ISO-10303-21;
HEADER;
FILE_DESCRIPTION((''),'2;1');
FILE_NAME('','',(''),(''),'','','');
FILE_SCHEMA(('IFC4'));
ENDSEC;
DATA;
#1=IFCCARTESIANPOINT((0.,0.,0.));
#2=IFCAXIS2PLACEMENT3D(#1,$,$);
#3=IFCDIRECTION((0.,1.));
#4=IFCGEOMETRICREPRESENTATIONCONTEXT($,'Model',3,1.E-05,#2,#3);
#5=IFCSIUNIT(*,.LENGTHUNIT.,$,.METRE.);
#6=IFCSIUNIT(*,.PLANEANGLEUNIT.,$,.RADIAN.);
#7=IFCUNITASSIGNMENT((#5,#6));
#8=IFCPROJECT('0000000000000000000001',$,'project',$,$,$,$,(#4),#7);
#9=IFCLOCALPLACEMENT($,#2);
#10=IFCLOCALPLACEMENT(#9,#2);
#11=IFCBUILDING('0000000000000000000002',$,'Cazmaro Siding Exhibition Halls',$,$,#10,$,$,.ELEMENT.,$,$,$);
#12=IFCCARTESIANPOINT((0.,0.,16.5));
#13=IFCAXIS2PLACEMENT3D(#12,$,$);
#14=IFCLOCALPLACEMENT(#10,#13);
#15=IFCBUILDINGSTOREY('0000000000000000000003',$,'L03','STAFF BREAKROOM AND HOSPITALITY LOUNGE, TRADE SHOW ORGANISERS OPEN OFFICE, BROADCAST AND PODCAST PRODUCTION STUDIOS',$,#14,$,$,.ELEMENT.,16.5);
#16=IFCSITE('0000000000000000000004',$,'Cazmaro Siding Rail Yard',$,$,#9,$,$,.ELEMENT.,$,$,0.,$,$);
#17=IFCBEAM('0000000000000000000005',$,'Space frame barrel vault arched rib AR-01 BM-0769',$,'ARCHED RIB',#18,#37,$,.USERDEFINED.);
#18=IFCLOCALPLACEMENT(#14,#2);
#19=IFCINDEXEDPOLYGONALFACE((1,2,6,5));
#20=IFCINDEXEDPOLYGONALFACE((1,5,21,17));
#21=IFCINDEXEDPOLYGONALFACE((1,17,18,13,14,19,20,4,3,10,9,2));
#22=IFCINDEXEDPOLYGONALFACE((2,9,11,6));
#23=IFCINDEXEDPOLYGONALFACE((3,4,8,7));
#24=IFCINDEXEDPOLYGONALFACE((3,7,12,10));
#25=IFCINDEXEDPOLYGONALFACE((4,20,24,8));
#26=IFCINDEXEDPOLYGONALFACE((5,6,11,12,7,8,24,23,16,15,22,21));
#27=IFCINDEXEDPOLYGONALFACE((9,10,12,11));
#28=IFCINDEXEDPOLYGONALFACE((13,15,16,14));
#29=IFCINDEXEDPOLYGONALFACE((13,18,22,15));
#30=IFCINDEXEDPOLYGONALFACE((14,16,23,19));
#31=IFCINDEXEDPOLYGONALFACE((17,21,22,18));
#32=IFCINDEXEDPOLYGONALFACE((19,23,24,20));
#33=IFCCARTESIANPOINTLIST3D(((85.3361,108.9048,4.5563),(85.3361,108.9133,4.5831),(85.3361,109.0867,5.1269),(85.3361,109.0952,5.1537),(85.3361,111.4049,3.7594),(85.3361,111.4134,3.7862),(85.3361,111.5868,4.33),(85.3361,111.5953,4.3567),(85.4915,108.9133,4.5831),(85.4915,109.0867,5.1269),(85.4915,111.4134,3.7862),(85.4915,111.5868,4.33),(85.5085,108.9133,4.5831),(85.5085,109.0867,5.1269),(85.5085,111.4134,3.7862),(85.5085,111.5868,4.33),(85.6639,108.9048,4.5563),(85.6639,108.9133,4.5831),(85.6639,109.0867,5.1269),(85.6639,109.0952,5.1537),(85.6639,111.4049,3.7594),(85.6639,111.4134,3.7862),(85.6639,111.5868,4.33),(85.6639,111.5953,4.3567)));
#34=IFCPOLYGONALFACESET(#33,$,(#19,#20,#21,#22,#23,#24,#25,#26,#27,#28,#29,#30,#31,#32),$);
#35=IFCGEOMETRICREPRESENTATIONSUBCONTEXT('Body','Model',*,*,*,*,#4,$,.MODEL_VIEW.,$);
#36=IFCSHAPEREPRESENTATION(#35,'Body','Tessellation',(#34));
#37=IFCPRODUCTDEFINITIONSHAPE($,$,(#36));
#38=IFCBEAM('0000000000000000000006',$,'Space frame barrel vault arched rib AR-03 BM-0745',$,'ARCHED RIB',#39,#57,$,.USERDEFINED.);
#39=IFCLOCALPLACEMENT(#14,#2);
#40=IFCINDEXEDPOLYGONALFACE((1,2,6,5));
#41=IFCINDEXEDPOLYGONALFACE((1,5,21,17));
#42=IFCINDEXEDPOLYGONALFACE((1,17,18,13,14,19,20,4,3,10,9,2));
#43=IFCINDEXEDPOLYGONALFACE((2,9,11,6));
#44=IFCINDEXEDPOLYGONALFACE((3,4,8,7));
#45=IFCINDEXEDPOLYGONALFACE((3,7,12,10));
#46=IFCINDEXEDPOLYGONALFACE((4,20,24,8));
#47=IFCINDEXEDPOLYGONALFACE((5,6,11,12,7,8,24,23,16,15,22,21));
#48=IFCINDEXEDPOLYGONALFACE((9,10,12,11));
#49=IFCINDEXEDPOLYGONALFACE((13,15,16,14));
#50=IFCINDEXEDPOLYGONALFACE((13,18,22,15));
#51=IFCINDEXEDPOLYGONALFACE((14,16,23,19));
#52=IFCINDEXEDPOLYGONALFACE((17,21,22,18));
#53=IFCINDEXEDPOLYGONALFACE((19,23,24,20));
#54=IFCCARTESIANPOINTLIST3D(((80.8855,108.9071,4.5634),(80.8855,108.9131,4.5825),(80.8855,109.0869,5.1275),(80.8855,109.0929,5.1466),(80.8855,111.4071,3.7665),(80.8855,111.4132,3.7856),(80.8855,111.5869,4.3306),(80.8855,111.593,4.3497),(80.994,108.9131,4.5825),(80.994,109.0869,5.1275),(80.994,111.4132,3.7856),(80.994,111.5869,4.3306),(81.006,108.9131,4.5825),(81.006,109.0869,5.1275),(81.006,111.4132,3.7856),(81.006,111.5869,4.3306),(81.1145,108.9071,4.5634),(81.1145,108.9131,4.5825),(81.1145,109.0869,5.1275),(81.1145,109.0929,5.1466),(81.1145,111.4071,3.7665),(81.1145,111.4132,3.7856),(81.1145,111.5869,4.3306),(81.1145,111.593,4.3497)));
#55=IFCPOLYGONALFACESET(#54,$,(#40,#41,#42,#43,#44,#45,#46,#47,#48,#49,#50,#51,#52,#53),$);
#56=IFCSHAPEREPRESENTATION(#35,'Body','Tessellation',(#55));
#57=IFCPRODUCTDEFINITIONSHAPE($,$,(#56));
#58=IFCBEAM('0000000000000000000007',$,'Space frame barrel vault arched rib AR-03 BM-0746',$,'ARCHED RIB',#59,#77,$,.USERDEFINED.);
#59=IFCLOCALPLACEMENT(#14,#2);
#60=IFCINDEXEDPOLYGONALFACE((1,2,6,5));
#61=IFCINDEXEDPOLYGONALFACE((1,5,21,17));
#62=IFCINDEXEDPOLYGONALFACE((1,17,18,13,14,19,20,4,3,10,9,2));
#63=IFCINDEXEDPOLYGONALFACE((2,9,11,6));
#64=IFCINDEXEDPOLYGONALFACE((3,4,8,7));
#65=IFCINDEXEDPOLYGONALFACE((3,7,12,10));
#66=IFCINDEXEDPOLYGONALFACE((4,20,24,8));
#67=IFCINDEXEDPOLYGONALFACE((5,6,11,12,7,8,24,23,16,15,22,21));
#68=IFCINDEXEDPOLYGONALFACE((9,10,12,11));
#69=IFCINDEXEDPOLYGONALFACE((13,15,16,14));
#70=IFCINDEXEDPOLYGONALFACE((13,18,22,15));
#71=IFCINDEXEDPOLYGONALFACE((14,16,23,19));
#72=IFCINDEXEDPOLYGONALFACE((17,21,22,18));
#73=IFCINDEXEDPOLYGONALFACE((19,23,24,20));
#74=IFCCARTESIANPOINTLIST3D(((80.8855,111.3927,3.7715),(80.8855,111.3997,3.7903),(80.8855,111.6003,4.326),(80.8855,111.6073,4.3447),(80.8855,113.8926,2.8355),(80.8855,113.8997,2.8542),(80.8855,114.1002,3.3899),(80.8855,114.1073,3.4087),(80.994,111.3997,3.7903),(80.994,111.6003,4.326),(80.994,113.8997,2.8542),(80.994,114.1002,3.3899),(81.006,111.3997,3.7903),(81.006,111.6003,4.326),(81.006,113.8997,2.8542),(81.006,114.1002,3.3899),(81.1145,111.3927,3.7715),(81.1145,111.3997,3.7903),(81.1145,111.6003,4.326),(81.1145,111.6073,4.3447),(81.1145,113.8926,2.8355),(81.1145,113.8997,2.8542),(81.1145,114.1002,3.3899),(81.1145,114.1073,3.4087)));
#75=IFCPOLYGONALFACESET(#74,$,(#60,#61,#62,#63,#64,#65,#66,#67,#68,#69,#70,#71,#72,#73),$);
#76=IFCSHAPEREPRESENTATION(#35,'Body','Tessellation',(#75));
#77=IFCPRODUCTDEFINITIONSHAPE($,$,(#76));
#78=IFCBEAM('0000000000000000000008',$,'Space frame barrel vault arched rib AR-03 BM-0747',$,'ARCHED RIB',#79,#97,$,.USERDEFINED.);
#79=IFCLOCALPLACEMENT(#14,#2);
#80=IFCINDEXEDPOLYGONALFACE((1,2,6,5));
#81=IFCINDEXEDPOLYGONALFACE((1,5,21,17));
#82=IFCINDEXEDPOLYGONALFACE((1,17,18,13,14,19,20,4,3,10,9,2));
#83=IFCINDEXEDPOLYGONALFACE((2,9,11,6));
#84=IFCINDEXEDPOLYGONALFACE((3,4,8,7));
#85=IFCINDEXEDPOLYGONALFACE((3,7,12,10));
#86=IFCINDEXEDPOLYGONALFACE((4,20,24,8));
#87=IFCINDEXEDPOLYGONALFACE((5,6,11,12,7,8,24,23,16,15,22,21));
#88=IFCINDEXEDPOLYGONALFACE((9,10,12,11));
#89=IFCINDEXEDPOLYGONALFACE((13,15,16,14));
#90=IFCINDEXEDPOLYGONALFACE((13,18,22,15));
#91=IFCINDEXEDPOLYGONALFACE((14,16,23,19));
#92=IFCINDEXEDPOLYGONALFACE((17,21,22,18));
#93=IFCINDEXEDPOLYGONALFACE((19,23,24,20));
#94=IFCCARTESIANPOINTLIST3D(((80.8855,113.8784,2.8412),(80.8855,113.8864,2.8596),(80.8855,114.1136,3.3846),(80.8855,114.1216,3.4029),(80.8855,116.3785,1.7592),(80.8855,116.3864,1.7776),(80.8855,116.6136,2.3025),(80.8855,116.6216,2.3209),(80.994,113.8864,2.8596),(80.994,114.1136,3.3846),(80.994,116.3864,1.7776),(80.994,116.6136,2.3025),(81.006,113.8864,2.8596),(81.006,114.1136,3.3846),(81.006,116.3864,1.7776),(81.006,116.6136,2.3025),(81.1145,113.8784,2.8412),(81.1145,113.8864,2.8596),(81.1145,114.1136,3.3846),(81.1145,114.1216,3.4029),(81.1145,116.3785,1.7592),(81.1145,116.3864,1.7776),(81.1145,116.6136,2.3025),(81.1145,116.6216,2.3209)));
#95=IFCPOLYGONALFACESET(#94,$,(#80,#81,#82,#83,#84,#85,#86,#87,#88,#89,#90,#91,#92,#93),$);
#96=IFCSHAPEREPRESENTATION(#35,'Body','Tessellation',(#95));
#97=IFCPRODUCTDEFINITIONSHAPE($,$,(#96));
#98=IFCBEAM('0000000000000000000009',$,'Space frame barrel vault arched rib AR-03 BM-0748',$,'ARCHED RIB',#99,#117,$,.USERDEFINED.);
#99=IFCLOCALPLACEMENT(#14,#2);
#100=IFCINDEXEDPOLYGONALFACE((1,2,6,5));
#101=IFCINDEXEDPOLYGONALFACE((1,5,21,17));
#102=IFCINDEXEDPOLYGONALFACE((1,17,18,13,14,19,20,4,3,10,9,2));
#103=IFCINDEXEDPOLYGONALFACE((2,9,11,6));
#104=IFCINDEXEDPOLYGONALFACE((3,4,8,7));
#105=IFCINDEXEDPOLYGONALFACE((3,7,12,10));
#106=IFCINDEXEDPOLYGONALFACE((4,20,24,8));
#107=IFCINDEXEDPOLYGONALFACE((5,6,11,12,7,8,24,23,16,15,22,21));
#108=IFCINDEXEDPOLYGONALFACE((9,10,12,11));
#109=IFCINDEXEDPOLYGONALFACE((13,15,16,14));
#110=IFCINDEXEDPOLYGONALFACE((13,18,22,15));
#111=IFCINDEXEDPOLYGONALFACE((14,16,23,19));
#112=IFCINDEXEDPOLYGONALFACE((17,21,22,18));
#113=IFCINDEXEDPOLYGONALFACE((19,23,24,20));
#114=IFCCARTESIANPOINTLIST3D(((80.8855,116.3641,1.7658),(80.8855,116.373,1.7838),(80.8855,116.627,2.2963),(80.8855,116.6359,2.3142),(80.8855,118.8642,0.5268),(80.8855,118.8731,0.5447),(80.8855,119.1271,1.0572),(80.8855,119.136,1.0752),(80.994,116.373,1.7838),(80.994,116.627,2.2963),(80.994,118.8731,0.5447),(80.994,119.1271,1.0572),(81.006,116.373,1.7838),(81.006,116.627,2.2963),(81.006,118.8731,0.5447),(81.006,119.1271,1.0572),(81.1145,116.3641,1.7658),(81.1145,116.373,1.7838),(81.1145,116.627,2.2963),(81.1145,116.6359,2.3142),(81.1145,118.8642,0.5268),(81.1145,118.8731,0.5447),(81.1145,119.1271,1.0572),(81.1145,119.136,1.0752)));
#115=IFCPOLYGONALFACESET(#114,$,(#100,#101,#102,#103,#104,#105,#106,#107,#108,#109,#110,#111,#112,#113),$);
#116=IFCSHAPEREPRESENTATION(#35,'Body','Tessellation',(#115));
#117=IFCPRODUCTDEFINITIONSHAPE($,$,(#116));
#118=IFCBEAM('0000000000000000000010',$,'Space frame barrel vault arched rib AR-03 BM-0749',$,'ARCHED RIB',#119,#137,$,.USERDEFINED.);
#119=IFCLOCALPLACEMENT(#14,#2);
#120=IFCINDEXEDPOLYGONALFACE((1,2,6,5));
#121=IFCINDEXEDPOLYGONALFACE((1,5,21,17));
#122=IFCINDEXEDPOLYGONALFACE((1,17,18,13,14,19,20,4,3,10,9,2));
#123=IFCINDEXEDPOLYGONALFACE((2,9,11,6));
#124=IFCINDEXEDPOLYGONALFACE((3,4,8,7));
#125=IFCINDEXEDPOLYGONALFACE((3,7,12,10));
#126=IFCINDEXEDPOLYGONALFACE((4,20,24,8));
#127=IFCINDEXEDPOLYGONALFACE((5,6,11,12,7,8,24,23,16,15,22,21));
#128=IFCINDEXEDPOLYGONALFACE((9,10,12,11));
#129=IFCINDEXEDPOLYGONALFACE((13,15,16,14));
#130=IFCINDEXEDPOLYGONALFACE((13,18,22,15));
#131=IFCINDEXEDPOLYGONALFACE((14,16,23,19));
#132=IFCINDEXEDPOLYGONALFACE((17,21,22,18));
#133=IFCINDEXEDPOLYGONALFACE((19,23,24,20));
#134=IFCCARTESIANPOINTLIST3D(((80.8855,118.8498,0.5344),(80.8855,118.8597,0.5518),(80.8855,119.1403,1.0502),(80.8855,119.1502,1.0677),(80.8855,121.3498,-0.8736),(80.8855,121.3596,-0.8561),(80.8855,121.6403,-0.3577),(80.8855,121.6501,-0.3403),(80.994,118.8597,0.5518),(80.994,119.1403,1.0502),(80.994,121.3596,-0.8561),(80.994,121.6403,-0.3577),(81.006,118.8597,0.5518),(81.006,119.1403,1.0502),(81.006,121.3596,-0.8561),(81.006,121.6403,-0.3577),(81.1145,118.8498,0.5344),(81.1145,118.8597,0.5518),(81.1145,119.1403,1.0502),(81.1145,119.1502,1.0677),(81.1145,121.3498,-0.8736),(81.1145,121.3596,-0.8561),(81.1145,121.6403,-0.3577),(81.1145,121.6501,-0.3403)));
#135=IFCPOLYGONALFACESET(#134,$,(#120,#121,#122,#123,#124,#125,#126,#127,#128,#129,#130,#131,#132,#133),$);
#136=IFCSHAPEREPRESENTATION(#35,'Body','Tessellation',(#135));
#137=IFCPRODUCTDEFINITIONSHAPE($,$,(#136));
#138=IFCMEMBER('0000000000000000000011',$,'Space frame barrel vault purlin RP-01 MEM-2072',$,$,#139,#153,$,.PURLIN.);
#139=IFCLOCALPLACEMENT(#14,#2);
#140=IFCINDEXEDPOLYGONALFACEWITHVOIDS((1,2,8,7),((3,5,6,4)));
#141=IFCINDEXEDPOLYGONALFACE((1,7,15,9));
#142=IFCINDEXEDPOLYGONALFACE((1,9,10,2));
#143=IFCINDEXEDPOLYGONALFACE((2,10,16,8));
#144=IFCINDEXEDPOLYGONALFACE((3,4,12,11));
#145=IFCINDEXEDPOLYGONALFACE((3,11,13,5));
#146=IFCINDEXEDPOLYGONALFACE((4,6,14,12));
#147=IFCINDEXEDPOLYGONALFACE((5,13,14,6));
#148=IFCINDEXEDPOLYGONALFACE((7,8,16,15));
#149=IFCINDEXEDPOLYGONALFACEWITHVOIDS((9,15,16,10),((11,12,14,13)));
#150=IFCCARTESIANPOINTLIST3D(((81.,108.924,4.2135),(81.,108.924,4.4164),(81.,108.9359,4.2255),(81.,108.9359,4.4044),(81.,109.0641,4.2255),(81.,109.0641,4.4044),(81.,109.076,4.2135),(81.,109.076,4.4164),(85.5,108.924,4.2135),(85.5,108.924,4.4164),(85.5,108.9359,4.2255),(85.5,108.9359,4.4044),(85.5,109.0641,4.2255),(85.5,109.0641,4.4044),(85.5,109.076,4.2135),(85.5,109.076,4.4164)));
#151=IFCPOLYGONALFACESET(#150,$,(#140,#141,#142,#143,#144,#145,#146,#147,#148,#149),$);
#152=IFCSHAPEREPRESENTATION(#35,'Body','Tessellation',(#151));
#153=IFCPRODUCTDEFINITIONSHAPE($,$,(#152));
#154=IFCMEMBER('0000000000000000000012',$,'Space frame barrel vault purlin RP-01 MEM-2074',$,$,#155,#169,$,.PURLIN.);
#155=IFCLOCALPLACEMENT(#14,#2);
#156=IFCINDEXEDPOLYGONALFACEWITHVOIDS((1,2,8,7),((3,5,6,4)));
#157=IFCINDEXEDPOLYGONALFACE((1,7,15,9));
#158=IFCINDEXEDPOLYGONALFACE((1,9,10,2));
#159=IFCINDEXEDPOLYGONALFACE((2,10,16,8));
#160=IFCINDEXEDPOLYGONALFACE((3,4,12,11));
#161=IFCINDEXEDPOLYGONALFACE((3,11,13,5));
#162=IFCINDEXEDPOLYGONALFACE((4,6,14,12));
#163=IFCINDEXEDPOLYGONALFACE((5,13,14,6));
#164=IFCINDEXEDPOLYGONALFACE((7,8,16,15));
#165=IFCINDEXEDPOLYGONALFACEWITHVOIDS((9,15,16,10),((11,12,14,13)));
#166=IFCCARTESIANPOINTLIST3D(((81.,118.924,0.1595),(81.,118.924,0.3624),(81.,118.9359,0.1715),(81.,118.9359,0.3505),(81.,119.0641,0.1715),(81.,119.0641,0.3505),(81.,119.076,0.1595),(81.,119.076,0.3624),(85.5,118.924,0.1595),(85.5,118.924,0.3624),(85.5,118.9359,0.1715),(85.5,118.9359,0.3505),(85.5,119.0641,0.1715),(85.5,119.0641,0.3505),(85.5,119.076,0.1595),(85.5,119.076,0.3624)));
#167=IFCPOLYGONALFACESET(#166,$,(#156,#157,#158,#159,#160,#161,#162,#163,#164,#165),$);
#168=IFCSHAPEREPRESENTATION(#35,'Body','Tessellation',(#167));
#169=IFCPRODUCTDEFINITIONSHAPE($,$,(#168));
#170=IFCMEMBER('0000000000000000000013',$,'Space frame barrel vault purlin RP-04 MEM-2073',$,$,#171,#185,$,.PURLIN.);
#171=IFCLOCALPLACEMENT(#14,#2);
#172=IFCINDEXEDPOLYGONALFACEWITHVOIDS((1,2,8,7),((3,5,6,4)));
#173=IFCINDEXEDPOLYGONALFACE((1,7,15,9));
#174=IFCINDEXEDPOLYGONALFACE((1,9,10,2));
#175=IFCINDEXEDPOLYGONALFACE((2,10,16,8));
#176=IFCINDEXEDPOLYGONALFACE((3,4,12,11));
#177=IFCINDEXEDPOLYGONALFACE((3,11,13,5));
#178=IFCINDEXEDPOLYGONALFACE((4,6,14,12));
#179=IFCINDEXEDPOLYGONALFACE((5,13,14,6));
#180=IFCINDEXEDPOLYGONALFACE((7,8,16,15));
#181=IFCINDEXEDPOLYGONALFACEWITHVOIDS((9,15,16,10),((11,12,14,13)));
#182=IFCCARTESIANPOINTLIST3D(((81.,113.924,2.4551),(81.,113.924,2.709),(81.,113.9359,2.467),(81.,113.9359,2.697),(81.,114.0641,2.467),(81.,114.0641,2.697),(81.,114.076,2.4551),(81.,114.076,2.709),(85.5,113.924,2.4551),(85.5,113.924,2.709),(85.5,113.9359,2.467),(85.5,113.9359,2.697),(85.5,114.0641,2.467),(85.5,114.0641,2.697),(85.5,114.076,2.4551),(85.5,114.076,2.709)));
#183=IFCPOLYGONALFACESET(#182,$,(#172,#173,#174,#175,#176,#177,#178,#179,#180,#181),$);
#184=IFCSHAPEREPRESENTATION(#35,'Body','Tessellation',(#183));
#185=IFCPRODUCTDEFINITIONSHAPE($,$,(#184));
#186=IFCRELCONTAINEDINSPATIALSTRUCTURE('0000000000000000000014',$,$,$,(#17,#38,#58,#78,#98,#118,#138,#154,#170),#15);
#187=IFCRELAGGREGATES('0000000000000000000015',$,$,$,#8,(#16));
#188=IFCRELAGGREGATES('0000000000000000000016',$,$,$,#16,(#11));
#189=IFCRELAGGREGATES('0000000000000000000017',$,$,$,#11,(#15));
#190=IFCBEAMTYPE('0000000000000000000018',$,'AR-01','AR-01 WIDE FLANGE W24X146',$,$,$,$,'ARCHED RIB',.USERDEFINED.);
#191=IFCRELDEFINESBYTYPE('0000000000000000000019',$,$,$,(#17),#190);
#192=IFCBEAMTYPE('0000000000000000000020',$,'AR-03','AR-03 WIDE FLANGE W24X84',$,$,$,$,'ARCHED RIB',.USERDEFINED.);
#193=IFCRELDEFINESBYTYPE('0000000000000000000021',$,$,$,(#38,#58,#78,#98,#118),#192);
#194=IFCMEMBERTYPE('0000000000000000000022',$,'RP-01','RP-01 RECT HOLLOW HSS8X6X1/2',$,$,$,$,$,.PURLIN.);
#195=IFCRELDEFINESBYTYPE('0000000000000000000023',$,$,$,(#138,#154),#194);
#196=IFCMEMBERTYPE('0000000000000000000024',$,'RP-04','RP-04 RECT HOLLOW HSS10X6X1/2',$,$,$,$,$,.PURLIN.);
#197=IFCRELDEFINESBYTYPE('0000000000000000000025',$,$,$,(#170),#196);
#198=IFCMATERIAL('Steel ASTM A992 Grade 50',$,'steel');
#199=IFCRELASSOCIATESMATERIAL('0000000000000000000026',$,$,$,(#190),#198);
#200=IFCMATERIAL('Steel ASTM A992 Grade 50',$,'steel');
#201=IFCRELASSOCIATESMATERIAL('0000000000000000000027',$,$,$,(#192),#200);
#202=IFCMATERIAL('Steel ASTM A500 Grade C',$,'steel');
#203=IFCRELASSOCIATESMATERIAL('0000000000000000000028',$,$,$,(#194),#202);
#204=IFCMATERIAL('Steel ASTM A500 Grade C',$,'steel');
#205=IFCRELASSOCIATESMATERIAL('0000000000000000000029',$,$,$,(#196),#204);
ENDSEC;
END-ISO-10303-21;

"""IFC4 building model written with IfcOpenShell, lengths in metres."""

from ifc_helpers import new_model, si_unit, direction, frame, origin, origin_2d, place, context, subcontext, project, spatial, hollow_rectangle, i_section, extrude, material, material_profile, profile_set, type_object, element, save


model = new_model("IFC4")

# Units and contexts
model_context = context("Model", 3, precision=1e-05, world=origin(), true_north=direction((0.0, 1.0)))
body_context = subcontext(model_context, "Body", "Model", "MODEL_VIEW")
ifc_project = project(units=[si_unit("LENGTHUNIT", "METRE"), si_unit("PLANEANGLEUNIT", "RADIAN")], contexts=[model_context])

# Site, building, storey
site_placement = place(None, origin())
site = spatial("IfcSite", under=ifc_project, at=site_placement, Name="Cazmaro Siding Rail Yard", CompositionType="ELEMENT", RefElevation=0.0)
building_placement = place(site_placement, origin())
building = spatial("IfcBuilding", under=site, at=building_placement, Name="Cazmaro Siding Exhibition Halls", CompositionType="ELEMENT")
storey_placement = place(building_placement, frame((0.0, 0.0, 16.5)))
storey = spatial("IfcBuildingStorey", under=building, at=storey_placement, Name="L03", Description="STAFF BREAKROOM AND HOSPITALITY LOUNGE, TRADE SHOW ORGANISERS OPEN OFFICE, BROADCAST AND PODCAST PRODUCTION STUDIOS", CompositionType="ELEMENT", Elevation=16.5)

# Beams
ifc_material_1 = material(Name="Steel ASTM A992 Grade 50", Category="steel")
ifc_material_profile_1 = material_profile(ifc_material_1, i_section(OverallWidth=0.3279, OverallDepth=0.627, WebThickness=0.0171, FlangeThickness=0.0281, at=origin_2d()), Name="W24X146")
ifc_profile_set_1 = profile_set([ifc_material_profile_1], Name="Steel ASTM A992 Grade 50")
beam_type_1 = type_object("IfcBeamType", Name="AR-01", Description="AR-01 WIDE FLANGE W24X146", ElementType="ARCHED RIB", PredefinedType="USERDEFINED", material=ifc_profile_set_1)
beam_1_placement = place(storey_placement, frame((85.5, 109.0, 4.855), z_axis=(0.0, 0.952769, -0.303695), x_axis=(-1.0, 0.0, 0.0)))
element("IfcBeam", 1, at=beam_1_placement, inside=storey, type_object=beam_type_1, Name="Space frame barrel vault arched rib AR-01 BM-0769", ObjectType="ARCHED RIB", PredefinedType="USERDEFINED", context=body_context, shape_type="SweptSolid", body=[
    extrude(i_section(OverallWidth=0.3279, OverallDepth=0.627, WebThickness=0.0171, FlangeThickness=0.0281, at=origin_2d()), origin(), (0.0, 0.0, 1.0), 2.624),
])
ifc_material_2 = material(Name="Steel ASTM A992 Grade 50", Category="steel")
ifc_material_profile_2 = material_profile(ifc_material_2, i_section(OverallWidth=0.229, OverallDepth=0.6121, WebThickness=0.012, FlangeThickness=0.02, at=origin_2d()), Name="W24X84")
ifc_profile_set_2 = profile_set([ifc_material_profile_2], Name="Steel ASTM A992 Grade 50")
beam_type_2 = type_object("IfcBeamType", Name="AR-03", Description="AR-03 WIDE FLANGE W24X84", ElementType="ARCHED RIB", PredefinedType="USERDEFINED", material=ifc_profile_set_2)
beam_2_placement = place(storey_placement, frame((81.0, 109.0, 4.855), z_axis=(0.0, 0.952769, -0.303695), x_axis=(-1.0, 0.0, 0.0)))
element("IfcBeam", 2, at=beam_2_placement, inside=storey, type_object=beam_type_2, Name="Space frame barrel vault arched rib AR-03 BM-0745", ObjectType="ARCHED RIB", PredefinedType="USERDEFINED", context=body_context, shape_type="SweptSolid", body=[
    extrude(i_section(OverallWidth=0.229, OverallDepth=0.6121, WebThickness=0.012, FlangeThickness=0.02, at=origin_2d()), origin(), (0.0, 0.0, 1.0), 2.624),
])
beam_3_placement = place(storey_placement, frame((81.0, 111.5, 4.0581), z_axis=(0.0, 0.936509, -0.350642), x_axis=(-1.0, 0.0, 0.0)))
element("IfcBeam", 3, at=beam_3_placement, inside=storey, type_object=beam_type_2, Name="Space frame barrel vault arched rib AR-03 BM-0746", ObjectType="ARCHED RIB", PredefinedType="USERDEFINED", context=body_context, shape_type="SweptSolid", body=[
    extrude(i_section(OverallWidth=0.229, OverallDepth=0.6121, WebThickness=0.012, FlangeThickness=0.02, at=origin_2d()), origin(), (0.0, 0.0, 1.0), 2.6694),
])
beam_4_placement = place(storey_placement, frame((81.0, 114.0, 3.1221), z_axis=(0.0, 0.91773, -0.397205), x_axis=(-1.0, 0.0, 0.0)))
element("IfcBeam", 4, at=beam_4_placement, inside=storey, type_object=beam_type_2, Name="Space frame barrel vault arched rib AR-03 BM-0747", ObjectType="ARCHED RIB", PredefinedType="USERDEFINED", context=body_context, shape_type="SweptSolid", body=[
    extrude(i_section(OverallWidth=0.229, OverallDepth=0.6121, WebThickness=0.012, FlangeThickness=0.02, at=origin_2d()), origin(), (0.0, 0.0, 1.0), 2.7241),
])
beam_5_placement = place(storey_placement, frame((81.0, 116.5, 2.04), z_axis=(0.0, 0.895997, -0.444061), x_axis=(-1.0, 0.0, 0.0)))
element("IfcBeam", 5, at=beam_5_placement, inside=storey, type_object=beam_type_2, Name="Space frame barrel vault arched rib AR-03 BM-0748", ObjectType="ARCHED RIB", PredefinedType="USERDEFINED", context=body_context, shape_type="SweptSolid", body=[
    extrude(i_section(OverallWidth=0.229, OverallDepth=0.6121, WebThickness=0.012, FlangeThickness=0.02, at=origin_2d()), origin(), (0.0, 0.0, 1.0), 2.7903),
])
beam_6_placement = place(storey_placement, frame((81.0, 119.0, 0.801), z_axis=(0.0, 0.871321, -0.490714), x_axis=(-1.0, 0.0, 0.0)))
element("IfcBeam", 6, at=beam_6_placement, inside=storey, type_object=beam_type_2, Name="Space frame barrel vault arched rib AR-03 BM-0749", ObjectType="ARCHED RIB", PredefinedType="USERDEFINED", context=body_context, shape_type="SweptSolid", body=[
    extrude(i_section(OverallWidth=0.229, OverallDepth=0.6121, WebThickness=0.012, FlangeThickness=0.02, at=origin_2d()), origin(), (0.0, 0.0, 1.0), 2.8691),
])

# Members
ifc_material_3 = material(Name="Steel ASTM A500 Grade C", Category="steel")
ifc_material_profile_3 = material_profile(ifc_material_3, hollow_rectangle(XDim=0.1521, YDim=0.2029, WallThickness=0.012, at=origin_2d()), Name="HSS8X6X1/2")
ifc_profile_set_3 = profile_set([ifc_material_profile_3], Name="Steel ASTM A500 Grade C")
member_type_1 = type_object("IfcMemberType", Name="RP-01", Description="RP-01 RECT HOLLOW HSS8X6X1/2", PredefinedType="PURLIN", material=ifc_profile_set_3)
for number, where, z_axis, x_axis, name in (
    (7, (81.0, 109.0, 4.3149), (1.0, 0.0, 0.0), (0.0, 1.0, 0.0), "Space frame barrel vault purlin RP-01 MEM-2072"),
    (8, (81.0, 119.0, 0.261), (1.0, 0.0, 0.0), (0.0, 1.0, 0.0), "Space frame barrel vault purlin RP-01 MEM-2074"),
):
    element("IfcMember", number, at=place(storey_placement, frame(where, z_axis=z_axis, x_axis=x_axis)), inside=storey, type_object=member_type_1, Name=name, PredefinedType="PURLIN", context=body_context, shape_type="SweptSolid", body=[
        extrude(hollow_rectangle(XDim=0.1521, YDim=0.2029, WallThickness=0.012, at=origin_2d()), origin(), (0.0, 0.0, 1.0), 4.5),
    ])
ifc_material_4 = material(Name="Steel ASTM A500 Grade C", Category="steel")
ifc_material_profile_4 = material_profile(ifc_material_4, hollow_rectangle(XDim=0.1521, YDim=0.2539, WallThickness=0.012, at=origin_2d()), Name="HSS10X6X1/2")
ifc_profile_set_4 = profile_set([ifc_material_profile_4], Name="Steel ASTM A500 Grade C")
member_type_2 = type_object("IfcMemberType", Name="RP-04", Description="RP-04 RECT HOLLOW HSS10X6X1/2", PredefinedType="PURLIN", material=ifc_profile_set_4)
member_1_placement = place(storey_placement, frame((81.0, 114.0, 2.582), z_axis=(1.0, 0.0, 0.0), x_axis=(0.0, 1.0, 0.0)))
element("IfcMember", 9, at=member_1_placement, inside=storey, type_object=member_type_2, Name="Space frame barrel vault purlin RP-04 MEM-2073", PredefinedType="PURLIN", context=body_context, shape_type="SweptSolid", body=[
    extrude(hollow_rectangle(XDim=0.1521, YDim=0.2539, WallThickness=0.012, at=origin_2d()), origin(), (0.0, 0.0, 1.0), 4.5),
])

save(model, "model.ifc")
